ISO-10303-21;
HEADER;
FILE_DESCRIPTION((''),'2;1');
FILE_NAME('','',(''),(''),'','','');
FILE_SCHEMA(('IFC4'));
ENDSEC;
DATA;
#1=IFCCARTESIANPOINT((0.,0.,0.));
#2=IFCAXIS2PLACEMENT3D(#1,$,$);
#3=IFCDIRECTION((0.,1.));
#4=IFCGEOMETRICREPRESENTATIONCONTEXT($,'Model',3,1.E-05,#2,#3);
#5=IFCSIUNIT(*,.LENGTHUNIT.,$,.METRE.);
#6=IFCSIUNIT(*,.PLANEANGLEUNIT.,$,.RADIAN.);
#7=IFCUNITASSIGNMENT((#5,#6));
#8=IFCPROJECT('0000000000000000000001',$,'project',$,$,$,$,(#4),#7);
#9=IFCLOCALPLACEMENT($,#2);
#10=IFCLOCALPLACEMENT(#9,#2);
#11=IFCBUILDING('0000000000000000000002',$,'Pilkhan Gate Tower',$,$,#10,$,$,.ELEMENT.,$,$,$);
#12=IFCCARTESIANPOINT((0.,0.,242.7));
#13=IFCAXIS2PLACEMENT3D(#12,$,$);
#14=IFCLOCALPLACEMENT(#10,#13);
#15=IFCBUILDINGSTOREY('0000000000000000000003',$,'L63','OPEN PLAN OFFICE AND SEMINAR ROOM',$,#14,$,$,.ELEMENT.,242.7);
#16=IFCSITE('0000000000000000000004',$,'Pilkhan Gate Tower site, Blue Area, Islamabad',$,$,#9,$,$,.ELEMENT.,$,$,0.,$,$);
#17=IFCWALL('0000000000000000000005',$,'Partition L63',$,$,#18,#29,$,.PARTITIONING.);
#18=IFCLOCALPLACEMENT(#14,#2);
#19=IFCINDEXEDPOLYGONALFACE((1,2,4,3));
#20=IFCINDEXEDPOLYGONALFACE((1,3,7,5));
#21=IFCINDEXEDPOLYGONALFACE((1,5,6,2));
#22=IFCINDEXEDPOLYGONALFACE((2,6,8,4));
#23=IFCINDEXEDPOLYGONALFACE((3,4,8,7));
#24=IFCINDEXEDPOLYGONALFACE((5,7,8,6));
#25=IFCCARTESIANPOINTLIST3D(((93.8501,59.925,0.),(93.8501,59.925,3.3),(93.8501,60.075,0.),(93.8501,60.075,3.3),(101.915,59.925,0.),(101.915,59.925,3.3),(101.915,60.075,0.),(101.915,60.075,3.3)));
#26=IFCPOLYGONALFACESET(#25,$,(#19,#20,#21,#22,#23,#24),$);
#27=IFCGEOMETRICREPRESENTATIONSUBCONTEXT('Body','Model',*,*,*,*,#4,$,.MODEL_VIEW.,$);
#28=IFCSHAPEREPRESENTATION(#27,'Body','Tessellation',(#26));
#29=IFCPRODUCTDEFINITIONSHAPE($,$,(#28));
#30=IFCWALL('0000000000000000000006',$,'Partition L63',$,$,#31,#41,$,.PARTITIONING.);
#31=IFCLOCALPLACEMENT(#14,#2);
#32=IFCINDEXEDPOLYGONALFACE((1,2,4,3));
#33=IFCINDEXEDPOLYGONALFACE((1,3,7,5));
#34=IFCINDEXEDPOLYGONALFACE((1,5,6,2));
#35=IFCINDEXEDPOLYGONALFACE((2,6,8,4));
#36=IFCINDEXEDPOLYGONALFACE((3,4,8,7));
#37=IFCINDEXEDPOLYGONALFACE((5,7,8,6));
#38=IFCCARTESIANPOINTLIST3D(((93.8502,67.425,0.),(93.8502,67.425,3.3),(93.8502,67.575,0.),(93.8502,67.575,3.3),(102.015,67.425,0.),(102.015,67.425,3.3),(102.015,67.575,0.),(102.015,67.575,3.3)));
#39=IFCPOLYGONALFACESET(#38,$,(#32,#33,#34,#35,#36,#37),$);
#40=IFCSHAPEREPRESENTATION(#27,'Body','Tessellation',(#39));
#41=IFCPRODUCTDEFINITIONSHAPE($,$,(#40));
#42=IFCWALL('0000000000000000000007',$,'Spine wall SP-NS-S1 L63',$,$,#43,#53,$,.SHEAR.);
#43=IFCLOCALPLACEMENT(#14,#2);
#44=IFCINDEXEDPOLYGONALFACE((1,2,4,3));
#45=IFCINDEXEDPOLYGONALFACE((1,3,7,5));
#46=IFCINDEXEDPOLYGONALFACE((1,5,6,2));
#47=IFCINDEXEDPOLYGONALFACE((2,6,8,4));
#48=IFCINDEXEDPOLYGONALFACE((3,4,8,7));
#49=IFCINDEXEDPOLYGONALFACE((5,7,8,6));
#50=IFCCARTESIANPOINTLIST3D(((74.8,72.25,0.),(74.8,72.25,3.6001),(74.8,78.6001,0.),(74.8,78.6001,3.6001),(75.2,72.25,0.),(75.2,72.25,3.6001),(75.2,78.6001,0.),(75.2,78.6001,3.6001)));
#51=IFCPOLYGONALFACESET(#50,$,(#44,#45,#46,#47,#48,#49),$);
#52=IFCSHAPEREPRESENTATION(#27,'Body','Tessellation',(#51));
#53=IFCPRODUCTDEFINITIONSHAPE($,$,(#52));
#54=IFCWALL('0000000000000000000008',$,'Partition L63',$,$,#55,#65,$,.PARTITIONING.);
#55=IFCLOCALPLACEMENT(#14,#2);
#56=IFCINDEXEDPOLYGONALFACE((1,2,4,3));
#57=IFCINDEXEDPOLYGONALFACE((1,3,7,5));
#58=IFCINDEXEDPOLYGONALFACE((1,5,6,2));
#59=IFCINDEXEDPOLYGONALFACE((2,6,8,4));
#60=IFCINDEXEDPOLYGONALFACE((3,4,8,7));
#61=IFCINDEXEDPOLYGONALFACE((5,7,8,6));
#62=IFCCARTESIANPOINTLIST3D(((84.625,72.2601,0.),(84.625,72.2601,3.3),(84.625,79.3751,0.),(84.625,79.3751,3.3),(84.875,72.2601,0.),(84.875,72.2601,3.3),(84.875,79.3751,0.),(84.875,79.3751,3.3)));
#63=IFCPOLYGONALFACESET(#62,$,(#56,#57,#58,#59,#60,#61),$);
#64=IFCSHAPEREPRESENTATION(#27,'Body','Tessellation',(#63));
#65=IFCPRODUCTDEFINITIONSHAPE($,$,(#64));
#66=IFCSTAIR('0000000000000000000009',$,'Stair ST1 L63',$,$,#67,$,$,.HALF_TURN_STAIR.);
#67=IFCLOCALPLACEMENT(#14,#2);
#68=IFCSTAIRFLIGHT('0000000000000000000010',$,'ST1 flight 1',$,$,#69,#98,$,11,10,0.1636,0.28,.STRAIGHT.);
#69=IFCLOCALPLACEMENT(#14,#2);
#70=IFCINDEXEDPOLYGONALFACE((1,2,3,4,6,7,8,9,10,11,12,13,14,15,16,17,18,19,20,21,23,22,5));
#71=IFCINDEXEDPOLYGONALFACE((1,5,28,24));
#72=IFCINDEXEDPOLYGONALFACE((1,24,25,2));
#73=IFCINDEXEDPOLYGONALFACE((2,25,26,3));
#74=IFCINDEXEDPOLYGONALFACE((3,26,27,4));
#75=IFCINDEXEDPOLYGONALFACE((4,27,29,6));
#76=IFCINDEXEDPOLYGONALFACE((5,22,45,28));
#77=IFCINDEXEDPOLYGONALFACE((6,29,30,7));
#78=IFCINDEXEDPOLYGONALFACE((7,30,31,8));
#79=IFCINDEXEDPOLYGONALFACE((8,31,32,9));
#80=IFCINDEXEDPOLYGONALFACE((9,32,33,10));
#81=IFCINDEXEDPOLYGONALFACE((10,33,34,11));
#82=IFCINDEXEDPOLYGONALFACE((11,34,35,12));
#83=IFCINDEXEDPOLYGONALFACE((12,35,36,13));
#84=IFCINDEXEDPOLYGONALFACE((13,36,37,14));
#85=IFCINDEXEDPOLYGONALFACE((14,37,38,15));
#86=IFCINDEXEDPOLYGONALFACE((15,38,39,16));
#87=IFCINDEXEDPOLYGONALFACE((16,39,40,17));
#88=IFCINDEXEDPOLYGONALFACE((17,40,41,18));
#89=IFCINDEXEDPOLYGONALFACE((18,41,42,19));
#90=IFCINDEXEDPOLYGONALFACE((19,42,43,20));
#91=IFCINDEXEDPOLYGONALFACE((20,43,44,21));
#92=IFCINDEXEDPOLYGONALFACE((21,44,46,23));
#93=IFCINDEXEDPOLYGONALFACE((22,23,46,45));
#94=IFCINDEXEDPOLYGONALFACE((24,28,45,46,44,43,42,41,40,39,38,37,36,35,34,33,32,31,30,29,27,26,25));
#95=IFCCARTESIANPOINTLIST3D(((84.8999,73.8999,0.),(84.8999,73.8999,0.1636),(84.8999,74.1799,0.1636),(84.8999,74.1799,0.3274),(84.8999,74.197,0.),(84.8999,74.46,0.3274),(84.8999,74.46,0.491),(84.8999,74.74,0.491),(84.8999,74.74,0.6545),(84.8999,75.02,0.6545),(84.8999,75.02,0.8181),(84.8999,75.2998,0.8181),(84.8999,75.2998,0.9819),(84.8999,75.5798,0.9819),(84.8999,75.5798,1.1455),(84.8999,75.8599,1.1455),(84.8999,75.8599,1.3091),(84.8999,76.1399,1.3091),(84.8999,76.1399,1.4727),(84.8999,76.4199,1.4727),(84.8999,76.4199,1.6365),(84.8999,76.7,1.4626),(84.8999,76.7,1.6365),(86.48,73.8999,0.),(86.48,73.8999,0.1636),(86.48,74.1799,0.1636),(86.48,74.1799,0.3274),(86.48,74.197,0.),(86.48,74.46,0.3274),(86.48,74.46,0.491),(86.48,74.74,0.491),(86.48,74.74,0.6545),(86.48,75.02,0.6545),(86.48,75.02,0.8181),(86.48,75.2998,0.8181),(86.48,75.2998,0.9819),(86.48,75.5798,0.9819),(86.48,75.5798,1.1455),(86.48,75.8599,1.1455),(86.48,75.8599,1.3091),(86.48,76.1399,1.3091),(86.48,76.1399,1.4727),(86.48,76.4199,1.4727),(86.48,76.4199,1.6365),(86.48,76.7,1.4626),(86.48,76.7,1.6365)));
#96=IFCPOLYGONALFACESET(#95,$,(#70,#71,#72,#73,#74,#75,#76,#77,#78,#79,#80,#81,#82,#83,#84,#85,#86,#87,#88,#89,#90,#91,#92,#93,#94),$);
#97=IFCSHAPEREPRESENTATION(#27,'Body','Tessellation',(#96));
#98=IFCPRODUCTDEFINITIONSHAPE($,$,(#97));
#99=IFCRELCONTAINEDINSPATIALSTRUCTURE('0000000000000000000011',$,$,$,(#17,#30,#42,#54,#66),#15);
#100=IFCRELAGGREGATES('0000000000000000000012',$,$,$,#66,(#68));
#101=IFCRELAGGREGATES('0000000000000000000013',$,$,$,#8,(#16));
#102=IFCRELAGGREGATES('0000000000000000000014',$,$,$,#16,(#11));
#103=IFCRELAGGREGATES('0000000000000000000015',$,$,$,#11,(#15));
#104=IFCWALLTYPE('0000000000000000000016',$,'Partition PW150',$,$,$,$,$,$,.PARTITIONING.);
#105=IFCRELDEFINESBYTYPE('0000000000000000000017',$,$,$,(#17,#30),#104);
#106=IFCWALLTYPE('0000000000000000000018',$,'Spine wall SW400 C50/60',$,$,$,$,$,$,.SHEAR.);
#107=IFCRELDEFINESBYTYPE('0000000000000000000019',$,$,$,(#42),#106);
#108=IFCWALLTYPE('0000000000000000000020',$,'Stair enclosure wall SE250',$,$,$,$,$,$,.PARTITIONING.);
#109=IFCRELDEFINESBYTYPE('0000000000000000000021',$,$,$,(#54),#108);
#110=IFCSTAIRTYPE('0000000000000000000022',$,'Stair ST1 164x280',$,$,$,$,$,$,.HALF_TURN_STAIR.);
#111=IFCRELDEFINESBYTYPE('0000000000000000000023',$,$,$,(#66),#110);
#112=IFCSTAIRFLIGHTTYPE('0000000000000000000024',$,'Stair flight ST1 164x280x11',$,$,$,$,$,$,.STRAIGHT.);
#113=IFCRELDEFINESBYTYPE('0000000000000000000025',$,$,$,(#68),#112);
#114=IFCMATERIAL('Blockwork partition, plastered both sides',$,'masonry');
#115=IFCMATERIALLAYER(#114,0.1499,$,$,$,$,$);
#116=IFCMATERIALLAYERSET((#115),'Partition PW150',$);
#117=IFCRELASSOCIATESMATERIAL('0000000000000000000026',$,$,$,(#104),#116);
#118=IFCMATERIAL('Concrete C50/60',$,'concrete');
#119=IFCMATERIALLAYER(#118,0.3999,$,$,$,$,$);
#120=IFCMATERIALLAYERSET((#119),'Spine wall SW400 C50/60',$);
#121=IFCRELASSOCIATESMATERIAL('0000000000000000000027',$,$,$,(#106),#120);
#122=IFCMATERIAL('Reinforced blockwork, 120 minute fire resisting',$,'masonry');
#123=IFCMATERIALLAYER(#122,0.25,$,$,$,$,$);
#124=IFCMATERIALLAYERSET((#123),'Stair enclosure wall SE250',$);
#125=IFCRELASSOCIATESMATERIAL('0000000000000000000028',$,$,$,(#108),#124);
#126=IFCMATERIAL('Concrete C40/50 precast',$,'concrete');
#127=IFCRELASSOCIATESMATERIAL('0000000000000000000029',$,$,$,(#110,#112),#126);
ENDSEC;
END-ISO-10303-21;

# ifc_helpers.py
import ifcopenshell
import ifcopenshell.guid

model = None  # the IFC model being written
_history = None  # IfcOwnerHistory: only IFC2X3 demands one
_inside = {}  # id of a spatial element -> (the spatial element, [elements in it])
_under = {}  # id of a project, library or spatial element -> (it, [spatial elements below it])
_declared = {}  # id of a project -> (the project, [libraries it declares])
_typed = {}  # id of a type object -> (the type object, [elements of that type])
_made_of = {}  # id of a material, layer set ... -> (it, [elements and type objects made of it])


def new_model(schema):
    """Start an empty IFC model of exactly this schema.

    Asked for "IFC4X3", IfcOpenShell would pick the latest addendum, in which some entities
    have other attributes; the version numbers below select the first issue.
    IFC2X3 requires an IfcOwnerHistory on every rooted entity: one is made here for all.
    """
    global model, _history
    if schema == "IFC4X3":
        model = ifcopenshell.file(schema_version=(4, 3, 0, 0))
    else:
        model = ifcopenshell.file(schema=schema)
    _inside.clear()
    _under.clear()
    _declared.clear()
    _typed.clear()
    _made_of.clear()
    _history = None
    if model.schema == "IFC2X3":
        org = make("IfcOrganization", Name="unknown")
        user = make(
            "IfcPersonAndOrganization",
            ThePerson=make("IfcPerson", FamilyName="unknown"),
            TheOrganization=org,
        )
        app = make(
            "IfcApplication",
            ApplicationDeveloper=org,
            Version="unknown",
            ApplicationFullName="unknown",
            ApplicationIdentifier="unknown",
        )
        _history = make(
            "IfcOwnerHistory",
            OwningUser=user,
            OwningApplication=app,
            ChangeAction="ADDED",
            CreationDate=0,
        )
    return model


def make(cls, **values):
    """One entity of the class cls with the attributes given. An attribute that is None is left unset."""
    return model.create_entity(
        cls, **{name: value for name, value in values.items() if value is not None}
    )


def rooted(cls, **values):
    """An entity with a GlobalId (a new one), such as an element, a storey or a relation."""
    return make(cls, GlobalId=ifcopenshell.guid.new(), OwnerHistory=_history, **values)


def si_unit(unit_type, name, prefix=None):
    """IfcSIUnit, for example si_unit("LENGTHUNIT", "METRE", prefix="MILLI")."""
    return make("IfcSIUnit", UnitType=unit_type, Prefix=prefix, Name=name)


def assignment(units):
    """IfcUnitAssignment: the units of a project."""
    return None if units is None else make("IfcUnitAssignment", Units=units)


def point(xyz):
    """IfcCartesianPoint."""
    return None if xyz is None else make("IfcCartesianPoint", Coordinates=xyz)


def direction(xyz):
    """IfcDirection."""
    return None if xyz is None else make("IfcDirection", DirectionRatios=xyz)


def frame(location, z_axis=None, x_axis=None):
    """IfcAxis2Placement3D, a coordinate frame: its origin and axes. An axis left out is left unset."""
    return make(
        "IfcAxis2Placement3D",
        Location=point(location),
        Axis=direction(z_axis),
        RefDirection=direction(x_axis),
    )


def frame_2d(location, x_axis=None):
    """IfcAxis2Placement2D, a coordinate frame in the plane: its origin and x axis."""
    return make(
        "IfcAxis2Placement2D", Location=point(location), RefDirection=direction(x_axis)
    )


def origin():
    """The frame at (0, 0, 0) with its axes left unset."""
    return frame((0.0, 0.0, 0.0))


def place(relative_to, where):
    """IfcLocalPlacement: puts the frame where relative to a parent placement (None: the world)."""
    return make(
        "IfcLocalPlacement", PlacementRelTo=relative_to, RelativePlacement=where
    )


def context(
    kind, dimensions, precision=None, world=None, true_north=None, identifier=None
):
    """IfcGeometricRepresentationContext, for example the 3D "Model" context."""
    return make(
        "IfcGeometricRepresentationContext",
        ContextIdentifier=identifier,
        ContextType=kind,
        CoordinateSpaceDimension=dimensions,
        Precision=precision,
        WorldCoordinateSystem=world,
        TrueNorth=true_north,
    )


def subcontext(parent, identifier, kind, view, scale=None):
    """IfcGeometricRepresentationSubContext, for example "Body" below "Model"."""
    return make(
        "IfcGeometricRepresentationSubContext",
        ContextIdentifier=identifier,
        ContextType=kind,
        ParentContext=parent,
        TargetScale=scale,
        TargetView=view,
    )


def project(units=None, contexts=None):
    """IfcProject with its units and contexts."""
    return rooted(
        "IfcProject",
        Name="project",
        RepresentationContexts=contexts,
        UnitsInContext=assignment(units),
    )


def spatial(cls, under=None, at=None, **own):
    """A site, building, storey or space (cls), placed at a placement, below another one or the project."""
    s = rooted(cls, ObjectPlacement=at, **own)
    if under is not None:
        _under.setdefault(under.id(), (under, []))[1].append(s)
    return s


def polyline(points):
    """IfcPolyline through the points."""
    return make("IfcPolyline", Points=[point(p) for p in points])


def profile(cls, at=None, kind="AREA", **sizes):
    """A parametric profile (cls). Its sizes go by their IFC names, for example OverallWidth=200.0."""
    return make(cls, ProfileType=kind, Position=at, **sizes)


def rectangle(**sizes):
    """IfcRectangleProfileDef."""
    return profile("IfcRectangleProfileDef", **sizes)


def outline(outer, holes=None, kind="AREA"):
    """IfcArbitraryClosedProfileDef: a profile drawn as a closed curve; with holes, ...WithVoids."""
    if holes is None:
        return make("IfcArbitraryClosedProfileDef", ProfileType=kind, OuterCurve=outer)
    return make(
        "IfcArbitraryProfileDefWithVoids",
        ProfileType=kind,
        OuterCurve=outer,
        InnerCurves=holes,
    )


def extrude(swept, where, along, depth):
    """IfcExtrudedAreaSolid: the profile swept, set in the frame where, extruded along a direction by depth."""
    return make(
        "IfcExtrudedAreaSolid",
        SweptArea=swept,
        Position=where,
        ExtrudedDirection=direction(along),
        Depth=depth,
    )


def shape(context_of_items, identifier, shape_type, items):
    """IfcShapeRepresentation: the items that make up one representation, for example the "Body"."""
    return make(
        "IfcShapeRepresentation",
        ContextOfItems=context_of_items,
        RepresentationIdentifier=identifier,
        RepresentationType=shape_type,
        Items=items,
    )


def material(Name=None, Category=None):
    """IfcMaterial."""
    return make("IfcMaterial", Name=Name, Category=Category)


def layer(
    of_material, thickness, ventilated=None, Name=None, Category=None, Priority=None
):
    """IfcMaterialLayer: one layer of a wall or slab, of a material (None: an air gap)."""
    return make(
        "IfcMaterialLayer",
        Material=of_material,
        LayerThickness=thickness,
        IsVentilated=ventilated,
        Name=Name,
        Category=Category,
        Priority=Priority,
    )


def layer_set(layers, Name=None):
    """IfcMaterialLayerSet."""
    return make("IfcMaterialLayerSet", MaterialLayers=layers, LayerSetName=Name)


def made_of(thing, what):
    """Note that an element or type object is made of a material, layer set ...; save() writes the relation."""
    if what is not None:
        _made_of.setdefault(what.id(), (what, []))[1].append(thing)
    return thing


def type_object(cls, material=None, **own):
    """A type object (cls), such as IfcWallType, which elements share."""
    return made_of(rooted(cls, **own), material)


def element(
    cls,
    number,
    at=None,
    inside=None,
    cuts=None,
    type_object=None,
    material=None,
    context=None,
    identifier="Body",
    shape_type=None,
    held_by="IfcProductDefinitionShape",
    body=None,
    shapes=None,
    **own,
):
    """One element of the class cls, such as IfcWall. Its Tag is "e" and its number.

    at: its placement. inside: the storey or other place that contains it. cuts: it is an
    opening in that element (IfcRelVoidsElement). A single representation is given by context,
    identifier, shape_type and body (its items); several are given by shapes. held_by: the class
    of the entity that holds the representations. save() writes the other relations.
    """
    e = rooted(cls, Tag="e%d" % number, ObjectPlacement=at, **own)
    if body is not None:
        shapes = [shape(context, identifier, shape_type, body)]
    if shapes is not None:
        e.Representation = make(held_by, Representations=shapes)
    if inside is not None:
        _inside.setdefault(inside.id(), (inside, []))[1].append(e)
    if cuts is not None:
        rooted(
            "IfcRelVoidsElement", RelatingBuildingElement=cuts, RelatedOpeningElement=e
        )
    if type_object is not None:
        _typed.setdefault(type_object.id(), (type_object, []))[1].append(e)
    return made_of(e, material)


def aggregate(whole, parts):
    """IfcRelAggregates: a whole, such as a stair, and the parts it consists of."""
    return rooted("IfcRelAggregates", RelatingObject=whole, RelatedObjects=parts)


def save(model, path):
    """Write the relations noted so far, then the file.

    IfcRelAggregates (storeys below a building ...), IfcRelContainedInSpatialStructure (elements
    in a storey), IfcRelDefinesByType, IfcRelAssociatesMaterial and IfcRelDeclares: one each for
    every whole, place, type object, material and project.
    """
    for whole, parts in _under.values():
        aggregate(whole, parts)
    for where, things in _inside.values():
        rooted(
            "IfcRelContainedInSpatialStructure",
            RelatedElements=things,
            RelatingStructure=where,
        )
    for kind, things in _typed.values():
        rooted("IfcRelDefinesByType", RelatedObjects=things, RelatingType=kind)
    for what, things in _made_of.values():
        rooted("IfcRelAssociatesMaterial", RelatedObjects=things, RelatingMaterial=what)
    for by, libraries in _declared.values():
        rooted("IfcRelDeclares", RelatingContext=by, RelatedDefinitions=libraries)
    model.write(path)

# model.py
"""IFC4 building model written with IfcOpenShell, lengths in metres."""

from ifc_helpers import new_model, si_unit, direction, frame, frame_2d, origin, place, context, subcontext, project, spatial, polyline, rectangle, outline, extrude, material, layer, layer_set, type_object, element, aggregate, save


model = new_model("IFC4")

# Units and contexts
model_context = context("Model", 3, precision=1e-05, world=origin(), true_north=direction((0.0, 1.0)))
body_context = subcontext(model_context, "Body", "Model", "MODEL_VIEW")
ifc_project = project(units=[si_unit("LENGTHUNIT", "METRE"), si_unit("PLANEANGLEUNIT", "RADIAN")], contexts=[model_context])

# Site, building, storey
site_placement = place(None, origin())
site = spatial("IfcSite", under=ifc_project, at=site_placement, Name="Pilkhan Gate Tower site, Blue Area, Islamabad", CompositionType="ELEMENT", RefElevation=0.0)
building_placement = place(site_placement, origin())
building = spatial("IfcBuilding", under=site, at=building_placement, Name="Pilkhan Gate Tower", CompositionType="ELEMENT")
storey_placement = place(building_placement, frame((0.0, 0.0, 242.7)))
storey = spatial("IfcBuildingStorey", under=building, at=storey_placement, Name="L63", Description="OPEN PLAN OFFICE AND SEMINAR ROOM", CompositionType="ELEMENT", Elevation=242.7)

# Shared definitions
ifc_material_1 = material(Name="Concrete C50/60", Category="concrete")

# Walls
ifc_material_2 = material(Name="Blockwork partition, plastered both sides", Category="masonry")
ifc_layer_1 = layer(ifc_material_2, 0.1499)
ifc_layer_set_1 = layer_set([ifc_layer_1], Name="Partition PW150")
wall_type_1 = type_object("IfcWallType", Name="Partition PW150", PredefinedType="PARTITIONING", material=ifc_layer_set_1)
wall_1_placement = place(storey_placement, frame((93.8501, 60.0, 0.0), z_axis=(0.0, 0.0, 1.0), x_axis=(1.0, 0.0, 0.0)))
element("IfcWall", 1, at=wall_1_placement, inside=storey, type_object=wall_type_1, Name="Partition L63", PredefinedType="PARTITIONING", context=body_context, shape_type="SweptSolid", body=[
    extrude(rectangle(XDim=8.0649, YDim=0.1499, at=frame_2d((4.0325, 0.0))), origin(), (0.0, 0.0, 1.0), 3.3),
])
wall_2_placement = place(storey_placement, frame((93.8501, 67.5, 0.0), z_axis=(0.0, 0.0, 1.0), x_axis=(1.0, 0.0, 0.0)))
element("IfcWall", 2, at=wall_2_placement, inside=storey, type_object=wall_type_1, Name="Partition L63", PredefinedType="PARTITIONING", context=body_context, shape_type="SweptSolid", body=[
    extrude(rectangle(XDim=8.1648, YDim=0.1499, at=frame_2d((4.0825, 0.0))), origin(), (0.0, 0.0, 1.0), 3.3),
])
ifc_layer_2 = layer(ifc_material_1, 0.3999)
ifc_layer_set_2 = layer_set([ifc_layer_2], Name="Spine wall SW400 C50/60")
wall_type_2 = type_object("IfcWallType", Name="Spine wall SW400 C50/60", PredefinedType="SHEAR", material=ifc_layer_set_2)
wall_3_placement = place(storey_placement, frame((75.0, 72.25, 0.0), z_axis=(0.0, 0.0, 1.0), x_axis=(0.0, 1.0, 0.0)))
element("IfcWall", 3, at=wall_3_placement, inside=storey, type_object=wall_type_2, Name="Spine wall SP-NS-S1 L63", PredefinedType="SHEAR", context=body_context, shape_type="SweptSolid", body=[
    extrude(rectangle(XDim=6.3501, YDim=0.3999, at=frame_2d((3.175, 0.0))), origin(), (0.0, 0.0, 1.0), 3.6001),
])
ifc_material_3 = material(Name="Reinforced blockwork, 120 minute fire resisting", Category="masonry")
ifc_layer_3 = layer(ifc_material_3, 0.25)
ifc_layer_set_3 = layer_set([ifc_layer_3], Name="Stair enclosure wall SE250")
wall_type_3 = type_object("IfcWallType", Name="Stair enclosure wall SE250", PredefinedType="PARTITIONING", material=ifc_layer_set_3)
wall_4_placement = place(storey_placement, frame((84.75, 72.26, 0.0), z_axis=(0.0, 0.0, 1.0), x_axis=(0.0, 1.0, 0.0)))
element("IfcWall", 4, at=wall_4_placement, inside=storey, type_object=wall_type_3, Name="Partition L63", PredefinedType="PARTITIONING", context=body_context, shape_type="SweptSolid", body=[
    extrude(rectangle(XDim=7.115, YDim=0.25, at=frame_2d((3.5576, 0.0))), origin(), (0.0, 0.0, 1.0), 3.3),
])

# Stair, stair flight
ifc_material_4 = material(Name="Concrete C40/50 precast", Category="concrete")
stair_type = type_object("IfcStairType", Name="Stair ST1 164x280", PredefinedType="HALF_TURN_STAIR", material=ifc_material_4)
stair_placement = place(storey_placement, origin())
stair = element("IfcStair", 5, at=stair_placement, inside=storey, type_object=stair_type, Name="Stair ST1 L63", PredefinedType="HALF_TURN_STAIR")
stair_flight_type = type_object("IfcStairFlightType", Name="Stair flight ST1 164x280x11", PredefinedType="STRAIGHT", material=ifc_material_4)
stair_flight_placement = place(storey_placement, frame((85.6899, 73.8999, 0.0), z_axis=(0.0, 0.0, 1.0), x_axis=(0.0, 1.0, 0.0)))
stair_flight = element("IfcStairFlight", 6, at=stair_flight_placement, type_object=stair_flight_type, Name="ST1 flight 1", NumberOfRisers=11, NumberOfTreads=10, PredefinedType="STRAIGHT", RiserHeight=0.1636, TreadLength=0.28, context=body_context, shape_type="SweptSolid", body=[
    extrude(outline(polyline([(0.0, 0.0), (0.0, 0.1636), (0.28, 0.1636), (0.28, 0.3274), (0.5601, 0.3274), (0.5601, 0.491), (0.8401, 0.491), (0.8401, 0.6545), (1.1201, 0.6545), (1.1201, 0.8181), (1.3999, 0.8181), (1.3999, 0.9819), (1.6799, 0.9819), (1.6799, 1.1455), (1.96, 1.1455), (1.96, 1.3091), (2.24, 1.3091), (2.24, 1.4727), (2.52, 1.4727), (2.52, 1.6365), (2.8, 1.6365), (2.8, 1.8), (2.8, 1.4626), (0.2971, 0.0), (0.0, 0.0)])), frame((0.0, 0.79, 0.0), z_axis=(0.0, -1.0, 0.0), x_axis=(1.0, 0.0, 0.0)), (0.0, 0.0, 1.0), 1.5801),
])
aggregate(stair, [stair_flight])

save(model, "model.ifc")
